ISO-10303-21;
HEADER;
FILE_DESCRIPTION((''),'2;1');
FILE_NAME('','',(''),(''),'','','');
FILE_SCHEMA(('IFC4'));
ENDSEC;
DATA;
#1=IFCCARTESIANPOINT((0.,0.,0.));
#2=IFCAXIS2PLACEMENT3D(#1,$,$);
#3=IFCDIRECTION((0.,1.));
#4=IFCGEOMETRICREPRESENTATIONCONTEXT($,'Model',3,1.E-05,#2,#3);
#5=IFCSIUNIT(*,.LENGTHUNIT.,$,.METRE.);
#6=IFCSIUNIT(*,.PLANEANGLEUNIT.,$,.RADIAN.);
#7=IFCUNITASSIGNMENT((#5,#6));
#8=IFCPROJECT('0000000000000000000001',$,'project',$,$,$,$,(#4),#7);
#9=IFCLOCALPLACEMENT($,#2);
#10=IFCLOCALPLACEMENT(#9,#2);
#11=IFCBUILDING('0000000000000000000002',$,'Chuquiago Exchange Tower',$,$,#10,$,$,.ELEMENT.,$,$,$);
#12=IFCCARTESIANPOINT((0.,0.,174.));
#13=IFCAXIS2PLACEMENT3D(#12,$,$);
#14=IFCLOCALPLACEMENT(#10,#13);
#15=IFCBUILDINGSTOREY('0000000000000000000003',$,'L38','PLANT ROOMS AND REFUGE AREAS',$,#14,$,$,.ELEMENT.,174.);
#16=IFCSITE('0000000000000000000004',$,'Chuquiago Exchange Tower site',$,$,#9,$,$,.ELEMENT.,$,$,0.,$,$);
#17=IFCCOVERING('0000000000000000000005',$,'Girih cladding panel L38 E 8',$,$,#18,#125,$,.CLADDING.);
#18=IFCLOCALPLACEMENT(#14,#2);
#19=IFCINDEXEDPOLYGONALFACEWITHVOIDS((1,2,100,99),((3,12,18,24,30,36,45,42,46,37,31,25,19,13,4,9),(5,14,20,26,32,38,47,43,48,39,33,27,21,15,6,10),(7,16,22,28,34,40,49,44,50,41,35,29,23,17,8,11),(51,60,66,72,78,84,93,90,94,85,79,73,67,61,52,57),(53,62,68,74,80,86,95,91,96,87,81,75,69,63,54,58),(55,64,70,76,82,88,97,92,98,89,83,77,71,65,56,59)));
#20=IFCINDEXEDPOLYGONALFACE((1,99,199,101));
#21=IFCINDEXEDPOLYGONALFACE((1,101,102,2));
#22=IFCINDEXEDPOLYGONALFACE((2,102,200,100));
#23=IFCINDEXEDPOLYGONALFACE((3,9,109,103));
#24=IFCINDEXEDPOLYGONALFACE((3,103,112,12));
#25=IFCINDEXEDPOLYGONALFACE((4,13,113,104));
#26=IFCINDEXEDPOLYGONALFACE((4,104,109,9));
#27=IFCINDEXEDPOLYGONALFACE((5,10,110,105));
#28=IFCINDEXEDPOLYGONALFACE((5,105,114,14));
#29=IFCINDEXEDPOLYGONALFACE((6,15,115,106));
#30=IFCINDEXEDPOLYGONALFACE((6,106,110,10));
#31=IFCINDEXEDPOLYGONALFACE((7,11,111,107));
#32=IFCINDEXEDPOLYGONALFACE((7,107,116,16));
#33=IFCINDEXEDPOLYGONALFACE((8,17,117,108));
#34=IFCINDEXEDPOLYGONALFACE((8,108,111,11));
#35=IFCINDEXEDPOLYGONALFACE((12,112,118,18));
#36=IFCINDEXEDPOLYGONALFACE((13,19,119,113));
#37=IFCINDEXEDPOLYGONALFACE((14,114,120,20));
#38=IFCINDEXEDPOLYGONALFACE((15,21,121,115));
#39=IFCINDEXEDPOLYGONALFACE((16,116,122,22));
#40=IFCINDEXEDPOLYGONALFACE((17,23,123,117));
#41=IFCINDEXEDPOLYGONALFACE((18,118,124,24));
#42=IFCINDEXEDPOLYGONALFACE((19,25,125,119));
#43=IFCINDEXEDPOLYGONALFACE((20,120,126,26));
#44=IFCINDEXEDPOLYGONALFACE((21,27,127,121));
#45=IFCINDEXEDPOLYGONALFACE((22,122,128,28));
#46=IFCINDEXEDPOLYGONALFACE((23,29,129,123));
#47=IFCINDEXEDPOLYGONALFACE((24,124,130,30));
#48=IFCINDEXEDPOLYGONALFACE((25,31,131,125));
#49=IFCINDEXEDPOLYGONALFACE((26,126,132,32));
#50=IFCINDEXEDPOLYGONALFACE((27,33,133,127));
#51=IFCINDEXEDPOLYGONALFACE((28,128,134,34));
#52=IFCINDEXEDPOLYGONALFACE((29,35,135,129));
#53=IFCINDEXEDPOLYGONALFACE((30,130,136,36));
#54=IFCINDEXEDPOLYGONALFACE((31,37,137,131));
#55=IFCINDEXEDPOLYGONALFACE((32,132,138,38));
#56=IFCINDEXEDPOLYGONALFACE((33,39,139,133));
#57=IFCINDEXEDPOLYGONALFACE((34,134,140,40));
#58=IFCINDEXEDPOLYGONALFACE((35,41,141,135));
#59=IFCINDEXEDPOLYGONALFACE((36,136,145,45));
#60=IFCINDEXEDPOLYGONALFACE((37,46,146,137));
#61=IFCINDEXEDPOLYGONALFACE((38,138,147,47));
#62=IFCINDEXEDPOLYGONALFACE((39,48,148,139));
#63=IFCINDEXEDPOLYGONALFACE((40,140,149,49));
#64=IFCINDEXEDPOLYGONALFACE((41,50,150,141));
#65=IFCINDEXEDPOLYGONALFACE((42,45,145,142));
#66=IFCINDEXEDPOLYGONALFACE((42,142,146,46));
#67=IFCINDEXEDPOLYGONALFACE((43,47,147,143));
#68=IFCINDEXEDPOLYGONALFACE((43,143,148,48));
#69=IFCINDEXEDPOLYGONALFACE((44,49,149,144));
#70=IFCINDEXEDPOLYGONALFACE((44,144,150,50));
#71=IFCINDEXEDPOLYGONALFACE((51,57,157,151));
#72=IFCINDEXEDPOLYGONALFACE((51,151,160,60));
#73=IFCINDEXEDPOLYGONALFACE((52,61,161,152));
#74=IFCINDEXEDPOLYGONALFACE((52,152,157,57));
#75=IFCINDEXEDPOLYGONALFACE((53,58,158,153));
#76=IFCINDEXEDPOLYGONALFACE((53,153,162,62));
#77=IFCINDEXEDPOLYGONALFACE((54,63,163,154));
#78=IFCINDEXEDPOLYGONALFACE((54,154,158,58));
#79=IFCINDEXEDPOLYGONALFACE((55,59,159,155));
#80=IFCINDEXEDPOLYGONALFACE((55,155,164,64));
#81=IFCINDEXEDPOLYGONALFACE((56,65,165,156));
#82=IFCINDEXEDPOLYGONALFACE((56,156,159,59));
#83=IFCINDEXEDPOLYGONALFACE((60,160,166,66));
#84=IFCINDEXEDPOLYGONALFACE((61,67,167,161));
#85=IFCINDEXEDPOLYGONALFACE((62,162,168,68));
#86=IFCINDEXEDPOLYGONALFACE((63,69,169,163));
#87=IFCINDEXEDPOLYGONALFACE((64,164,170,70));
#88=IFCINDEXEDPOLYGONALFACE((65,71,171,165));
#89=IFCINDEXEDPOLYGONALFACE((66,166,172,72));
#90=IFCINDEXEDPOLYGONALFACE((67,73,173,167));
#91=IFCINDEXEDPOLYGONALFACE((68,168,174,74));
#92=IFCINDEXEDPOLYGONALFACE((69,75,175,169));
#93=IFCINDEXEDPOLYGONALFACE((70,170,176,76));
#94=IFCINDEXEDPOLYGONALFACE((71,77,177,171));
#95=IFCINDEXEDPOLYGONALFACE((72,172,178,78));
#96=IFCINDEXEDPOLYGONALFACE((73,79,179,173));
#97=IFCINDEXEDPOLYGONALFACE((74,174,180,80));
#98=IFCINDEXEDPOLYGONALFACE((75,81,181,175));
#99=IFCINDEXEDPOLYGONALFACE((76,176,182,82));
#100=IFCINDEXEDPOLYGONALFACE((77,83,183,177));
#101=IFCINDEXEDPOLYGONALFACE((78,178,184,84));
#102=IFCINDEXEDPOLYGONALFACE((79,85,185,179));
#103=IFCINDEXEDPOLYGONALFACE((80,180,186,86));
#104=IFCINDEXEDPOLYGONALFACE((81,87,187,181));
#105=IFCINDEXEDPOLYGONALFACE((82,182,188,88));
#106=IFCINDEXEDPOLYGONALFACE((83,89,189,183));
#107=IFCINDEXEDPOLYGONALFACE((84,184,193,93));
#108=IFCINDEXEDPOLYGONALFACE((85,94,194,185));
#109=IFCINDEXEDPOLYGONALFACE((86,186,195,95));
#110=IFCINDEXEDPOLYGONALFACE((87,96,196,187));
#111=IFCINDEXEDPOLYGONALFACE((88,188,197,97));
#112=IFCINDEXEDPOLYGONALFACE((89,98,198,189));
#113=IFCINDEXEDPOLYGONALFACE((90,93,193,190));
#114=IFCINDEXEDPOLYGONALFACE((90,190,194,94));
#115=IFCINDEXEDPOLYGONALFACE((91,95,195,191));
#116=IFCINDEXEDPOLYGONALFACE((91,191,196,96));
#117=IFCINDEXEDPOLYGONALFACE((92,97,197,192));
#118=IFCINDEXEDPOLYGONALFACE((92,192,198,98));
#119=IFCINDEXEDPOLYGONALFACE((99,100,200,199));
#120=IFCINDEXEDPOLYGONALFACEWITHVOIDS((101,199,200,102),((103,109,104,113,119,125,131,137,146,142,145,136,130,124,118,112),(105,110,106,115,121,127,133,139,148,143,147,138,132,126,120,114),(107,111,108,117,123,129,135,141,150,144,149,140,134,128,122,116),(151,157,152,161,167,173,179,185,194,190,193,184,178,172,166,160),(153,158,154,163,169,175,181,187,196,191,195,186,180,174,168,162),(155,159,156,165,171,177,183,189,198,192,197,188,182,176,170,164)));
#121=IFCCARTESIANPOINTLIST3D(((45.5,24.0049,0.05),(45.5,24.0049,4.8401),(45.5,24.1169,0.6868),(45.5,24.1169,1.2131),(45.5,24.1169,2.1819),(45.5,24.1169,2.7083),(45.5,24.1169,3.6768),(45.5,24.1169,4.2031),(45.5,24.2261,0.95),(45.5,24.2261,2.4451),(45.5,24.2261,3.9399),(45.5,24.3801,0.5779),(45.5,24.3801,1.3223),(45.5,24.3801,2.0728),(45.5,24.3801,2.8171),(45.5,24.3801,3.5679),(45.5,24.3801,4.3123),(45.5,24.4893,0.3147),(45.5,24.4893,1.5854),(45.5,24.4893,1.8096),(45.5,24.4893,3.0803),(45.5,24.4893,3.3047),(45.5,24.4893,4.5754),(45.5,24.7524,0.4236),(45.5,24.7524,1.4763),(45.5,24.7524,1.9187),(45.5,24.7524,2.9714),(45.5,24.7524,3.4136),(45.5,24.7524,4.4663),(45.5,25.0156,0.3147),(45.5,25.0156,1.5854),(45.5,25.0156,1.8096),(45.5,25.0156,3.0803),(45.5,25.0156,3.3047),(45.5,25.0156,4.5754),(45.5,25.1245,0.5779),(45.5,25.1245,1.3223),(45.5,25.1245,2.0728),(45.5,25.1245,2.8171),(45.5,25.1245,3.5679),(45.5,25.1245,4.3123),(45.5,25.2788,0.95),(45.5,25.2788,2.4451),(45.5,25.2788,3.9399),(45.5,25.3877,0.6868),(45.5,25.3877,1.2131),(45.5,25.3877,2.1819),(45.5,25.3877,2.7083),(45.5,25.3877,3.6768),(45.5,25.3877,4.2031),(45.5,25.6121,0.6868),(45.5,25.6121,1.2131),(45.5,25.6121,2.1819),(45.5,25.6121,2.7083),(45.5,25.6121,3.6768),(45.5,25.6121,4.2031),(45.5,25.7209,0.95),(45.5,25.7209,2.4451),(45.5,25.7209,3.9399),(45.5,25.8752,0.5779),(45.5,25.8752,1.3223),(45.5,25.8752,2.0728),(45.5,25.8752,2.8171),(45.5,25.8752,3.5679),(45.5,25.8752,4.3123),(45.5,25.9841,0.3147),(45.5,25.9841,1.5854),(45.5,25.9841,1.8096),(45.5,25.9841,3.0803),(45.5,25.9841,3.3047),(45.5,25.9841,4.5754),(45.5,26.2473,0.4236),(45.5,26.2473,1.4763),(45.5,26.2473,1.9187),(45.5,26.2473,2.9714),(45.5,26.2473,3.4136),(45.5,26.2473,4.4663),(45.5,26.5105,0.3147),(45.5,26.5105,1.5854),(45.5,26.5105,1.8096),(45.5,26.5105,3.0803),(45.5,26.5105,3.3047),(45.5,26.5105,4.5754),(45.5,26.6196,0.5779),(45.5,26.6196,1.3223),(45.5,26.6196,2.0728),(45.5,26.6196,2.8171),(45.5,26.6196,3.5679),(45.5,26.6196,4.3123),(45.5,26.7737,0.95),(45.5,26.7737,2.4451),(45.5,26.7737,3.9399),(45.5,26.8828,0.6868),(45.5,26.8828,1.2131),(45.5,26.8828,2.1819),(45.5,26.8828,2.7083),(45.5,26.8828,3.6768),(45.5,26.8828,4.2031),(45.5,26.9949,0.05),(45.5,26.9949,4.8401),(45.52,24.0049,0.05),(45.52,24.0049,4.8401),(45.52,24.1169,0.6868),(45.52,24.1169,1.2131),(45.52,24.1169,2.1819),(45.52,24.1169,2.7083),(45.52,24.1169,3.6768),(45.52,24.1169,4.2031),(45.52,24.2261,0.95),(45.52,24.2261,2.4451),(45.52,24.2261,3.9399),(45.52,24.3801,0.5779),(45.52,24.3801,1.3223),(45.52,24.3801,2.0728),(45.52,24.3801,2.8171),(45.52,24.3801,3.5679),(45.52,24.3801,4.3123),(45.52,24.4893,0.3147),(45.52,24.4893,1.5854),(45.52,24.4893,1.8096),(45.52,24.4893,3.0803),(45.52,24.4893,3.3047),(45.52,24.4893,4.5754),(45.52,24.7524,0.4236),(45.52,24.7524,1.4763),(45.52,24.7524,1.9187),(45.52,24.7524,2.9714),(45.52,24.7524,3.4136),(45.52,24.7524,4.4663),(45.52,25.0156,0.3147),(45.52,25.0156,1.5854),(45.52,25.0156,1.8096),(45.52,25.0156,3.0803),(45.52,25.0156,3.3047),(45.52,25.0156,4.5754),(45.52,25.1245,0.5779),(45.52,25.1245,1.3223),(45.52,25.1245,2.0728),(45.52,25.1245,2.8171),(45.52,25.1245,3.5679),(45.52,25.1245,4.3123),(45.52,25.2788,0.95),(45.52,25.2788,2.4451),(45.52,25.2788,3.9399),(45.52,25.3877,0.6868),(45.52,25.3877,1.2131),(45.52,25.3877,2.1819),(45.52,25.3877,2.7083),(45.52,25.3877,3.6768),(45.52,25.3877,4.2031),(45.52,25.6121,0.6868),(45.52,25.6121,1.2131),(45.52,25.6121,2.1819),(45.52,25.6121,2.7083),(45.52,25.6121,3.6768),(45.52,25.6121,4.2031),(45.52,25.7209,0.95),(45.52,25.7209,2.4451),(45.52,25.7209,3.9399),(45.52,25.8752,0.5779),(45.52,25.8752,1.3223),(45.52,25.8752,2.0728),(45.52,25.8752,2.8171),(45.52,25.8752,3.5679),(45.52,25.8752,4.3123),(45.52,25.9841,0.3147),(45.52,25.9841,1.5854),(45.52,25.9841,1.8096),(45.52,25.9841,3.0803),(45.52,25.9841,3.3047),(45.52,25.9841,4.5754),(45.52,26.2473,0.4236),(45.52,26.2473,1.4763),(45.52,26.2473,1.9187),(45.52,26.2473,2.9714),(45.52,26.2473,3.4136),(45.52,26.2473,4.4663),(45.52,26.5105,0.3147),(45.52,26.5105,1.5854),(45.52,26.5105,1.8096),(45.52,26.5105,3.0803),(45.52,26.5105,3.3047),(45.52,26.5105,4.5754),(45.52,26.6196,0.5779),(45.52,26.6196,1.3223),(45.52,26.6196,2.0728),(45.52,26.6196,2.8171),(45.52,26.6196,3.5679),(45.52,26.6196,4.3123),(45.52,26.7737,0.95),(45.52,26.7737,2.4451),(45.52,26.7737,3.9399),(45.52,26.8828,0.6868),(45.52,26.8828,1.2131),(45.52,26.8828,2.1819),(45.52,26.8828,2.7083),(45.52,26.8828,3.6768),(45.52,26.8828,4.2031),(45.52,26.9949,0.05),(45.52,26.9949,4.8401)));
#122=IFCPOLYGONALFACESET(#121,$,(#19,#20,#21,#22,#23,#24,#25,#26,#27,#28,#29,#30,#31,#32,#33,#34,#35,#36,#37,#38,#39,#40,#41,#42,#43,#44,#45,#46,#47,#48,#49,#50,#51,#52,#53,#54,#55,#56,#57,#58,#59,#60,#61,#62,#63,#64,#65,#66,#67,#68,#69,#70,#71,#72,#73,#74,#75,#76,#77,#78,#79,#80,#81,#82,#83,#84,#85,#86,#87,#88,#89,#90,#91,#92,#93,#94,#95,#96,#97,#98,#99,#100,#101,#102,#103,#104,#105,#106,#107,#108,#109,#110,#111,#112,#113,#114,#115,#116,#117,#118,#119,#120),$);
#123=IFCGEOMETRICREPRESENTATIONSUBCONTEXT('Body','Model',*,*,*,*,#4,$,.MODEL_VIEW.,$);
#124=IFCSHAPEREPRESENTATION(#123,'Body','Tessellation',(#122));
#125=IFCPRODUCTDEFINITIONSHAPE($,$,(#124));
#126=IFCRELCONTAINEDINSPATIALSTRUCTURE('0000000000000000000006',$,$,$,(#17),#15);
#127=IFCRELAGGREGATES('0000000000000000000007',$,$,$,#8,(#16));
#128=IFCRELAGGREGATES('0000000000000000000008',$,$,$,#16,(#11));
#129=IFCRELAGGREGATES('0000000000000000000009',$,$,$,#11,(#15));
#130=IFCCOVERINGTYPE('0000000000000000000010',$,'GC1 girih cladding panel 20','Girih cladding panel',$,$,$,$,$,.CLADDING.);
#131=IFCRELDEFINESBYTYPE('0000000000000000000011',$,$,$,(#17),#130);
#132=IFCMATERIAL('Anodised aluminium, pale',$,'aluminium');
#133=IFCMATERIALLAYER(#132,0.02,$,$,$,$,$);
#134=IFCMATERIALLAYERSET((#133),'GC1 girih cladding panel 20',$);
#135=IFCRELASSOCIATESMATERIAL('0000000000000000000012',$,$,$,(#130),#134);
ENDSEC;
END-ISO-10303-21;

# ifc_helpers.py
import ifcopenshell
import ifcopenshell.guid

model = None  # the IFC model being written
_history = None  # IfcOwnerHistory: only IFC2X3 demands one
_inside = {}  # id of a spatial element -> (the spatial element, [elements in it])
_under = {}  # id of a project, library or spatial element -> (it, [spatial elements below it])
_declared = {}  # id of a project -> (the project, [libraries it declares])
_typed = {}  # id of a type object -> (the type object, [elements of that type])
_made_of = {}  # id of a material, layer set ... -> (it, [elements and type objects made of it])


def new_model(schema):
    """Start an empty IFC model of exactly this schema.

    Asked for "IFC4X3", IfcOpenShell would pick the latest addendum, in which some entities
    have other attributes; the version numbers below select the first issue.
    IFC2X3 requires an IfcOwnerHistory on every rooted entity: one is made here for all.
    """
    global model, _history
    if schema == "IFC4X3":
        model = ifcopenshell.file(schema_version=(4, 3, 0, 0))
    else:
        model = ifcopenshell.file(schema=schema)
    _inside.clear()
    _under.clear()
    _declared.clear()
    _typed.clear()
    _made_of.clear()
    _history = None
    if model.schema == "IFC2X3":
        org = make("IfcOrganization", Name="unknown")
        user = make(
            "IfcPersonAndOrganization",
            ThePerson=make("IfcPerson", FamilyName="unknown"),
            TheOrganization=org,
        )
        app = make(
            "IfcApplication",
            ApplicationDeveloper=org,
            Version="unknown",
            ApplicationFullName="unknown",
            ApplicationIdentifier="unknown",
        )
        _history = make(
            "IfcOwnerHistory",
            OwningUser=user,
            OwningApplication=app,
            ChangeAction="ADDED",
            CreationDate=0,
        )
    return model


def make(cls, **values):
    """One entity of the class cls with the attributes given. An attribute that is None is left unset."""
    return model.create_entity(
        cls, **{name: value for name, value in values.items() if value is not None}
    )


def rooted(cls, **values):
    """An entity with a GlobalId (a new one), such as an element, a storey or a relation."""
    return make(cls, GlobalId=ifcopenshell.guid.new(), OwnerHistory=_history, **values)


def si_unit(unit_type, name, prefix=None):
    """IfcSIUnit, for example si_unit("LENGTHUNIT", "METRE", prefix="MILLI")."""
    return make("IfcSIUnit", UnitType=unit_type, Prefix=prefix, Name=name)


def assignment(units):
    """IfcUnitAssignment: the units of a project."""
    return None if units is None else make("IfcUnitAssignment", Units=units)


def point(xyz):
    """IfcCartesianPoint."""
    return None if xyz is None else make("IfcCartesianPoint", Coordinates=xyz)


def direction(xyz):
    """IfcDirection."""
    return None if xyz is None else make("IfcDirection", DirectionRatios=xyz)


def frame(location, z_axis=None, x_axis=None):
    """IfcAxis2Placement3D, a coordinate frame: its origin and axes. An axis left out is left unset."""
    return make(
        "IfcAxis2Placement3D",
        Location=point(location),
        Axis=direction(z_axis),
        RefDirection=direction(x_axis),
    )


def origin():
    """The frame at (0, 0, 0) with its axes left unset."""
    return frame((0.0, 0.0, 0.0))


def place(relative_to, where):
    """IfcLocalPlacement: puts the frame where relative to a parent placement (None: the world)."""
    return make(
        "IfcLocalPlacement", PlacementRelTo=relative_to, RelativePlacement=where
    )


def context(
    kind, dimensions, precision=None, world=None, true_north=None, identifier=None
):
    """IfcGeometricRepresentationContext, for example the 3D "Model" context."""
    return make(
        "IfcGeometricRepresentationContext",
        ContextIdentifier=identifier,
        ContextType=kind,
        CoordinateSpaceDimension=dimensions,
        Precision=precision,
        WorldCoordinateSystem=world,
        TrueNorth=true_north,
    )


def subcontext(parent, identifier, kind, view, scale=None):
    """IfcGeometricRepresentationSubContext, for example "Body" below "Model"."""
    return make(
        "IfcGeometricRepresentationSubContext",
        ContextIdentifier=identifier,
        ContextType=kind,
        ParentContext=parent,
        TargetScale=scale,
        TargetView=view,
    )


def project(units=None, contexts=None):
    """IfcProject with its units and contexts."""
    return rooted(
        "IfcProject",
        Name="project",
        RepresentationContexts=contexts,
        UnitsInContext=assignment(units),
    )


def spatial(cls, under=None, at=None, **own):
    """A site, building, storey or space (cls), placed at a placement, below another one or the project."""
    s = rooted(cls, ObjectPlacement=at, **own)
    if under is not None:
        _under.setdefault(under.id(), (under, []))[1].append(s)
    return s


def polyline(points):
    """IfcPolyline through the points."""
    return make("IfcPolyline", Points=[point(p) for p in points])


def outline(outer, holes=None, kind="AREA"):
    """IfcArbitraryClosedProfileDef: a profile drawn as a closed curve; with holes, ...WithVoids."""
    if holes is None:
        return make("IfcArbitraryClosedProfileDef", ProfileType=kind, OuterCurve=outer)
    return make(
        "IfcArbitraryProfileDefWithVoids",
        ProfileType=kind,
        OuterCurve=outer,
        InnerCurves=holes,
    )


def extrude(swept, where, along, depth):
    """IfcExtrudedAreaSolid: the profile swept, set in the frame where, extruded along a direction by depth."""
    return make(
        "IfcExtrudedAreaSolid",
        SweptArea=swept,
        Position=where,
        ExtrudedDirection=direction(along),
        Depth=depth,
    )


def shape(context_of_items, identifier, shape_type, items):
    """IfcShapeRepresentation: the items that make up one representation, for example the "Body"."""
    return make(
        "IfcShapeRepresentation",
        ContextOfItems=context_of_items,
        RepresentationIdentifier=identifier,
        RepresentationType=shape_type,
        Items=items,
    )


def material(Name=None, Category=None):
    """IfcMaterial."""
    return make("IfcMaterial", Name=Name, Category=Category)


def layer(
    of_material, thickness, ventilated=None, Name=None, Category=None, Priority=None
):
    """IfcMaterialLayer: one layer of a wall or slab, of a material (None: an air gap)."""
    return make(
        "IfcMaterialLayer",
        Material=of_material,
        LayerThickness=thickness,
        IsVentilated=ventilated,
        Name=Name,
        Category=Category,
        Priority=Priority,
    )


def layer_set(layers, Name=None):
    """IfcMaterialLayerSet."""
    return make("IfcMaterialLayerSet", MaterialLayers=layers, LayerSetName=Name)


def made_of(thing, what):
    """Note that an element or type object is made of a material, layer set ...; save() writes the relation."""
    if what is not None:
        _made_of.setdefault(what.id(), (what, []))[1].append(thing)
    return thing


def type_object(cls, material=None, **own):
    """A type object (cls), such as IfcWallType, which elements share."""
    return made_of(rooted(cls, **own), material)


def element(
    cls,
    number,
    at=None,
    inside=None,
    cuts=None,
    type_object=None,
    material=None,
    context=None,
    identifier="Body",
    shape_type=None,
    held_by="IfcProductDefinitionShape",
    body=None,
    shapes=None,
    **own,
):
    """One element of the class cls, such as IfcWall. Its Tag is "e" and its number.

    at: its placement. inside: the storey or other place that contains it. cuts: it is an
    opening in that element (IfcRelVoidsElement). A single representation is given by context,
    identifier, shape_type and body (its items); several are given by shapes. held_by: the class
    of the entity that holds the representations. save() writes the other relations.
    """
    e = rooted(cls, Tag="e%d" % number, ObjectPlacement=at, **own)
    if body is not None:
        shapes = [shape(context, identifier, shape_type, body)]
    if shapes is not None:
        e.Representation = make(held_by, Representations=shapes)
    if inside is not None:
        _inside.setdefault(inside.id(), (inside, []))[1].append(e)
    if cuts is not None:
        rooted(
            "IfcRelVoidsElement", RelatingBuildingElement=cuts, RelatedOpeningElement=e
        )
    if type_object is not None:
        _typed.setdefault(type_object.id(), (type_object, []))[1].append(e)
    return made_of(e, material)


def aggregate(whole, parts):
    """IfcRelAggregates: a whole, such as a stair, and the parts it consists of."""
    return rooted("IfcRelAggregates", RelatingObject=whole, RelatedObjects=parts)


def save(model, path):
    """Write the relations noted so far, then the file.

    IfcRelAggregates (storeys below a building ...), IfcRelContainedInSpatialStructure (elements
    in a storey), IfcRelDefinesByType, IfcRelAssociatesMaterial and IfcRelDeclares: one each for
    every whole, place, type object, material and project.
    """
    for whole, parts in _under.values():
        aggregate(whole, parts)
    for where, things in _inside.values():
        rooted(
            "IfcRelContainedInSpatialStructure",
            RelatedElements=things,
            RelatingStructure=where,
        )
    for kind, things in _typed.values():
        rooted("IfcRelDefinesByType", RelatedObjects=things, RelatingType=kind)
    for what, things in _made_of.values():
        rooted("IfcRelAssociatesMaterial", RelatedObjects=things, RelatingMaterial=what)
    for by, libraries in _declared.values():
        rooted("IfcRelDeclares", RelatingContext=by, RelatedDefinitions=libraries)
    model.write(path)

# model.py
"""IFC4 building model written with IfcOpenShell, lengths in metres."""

from ifc_helpers import new_model, si_unit, direction, frame, origin, place, context, subcontext, project, spatial, polyline, outline, extrude, material, layer, layer_set, type_object, element, save


model = new_model("IFC4")

# Units and contexts
model_context = context("Model", 3, precision=1e-05, world=origin(), true_north=direction((0.0, 1.0)))
body_context = subcontext(model_context, "Body", "Model", "MODEL_VIEW")
ifc_project = project(units=[si_unit("LENGTHUNIT", "METRE"), si_unit("PLANEANGLEUNIT", "RADIAN")], contexts=[model_context])

# Site, building, storey
site_placement = place(None, origin())
site = spatial("IfcSite", under=ifc_project, at=site_placement, Name="Chuquiago Exchange Tower site", CompositionType="ELEMENT", RefElevation=0.0)
building_placement = place(site_placement, origin())
building = spatial("IfcBuilding", under=site, at=building_placement, Name="Chuquiago Exchange Tower", CompositionType="ELEMENT")
storey_placement = place(building_placement, frame((0.0, 0.0, 174.0)))
storey = spatial("IfcBuildingStorey", under=building, at=storey_placement, Name="L38", Description="PLANT ROOMS AND REFUGE AREAS", CompositionType="ELEMENT", Elevation=174.0)

# Covering
ifc_material_1 = material(Name="Anodised aluminium, pale", Category="aluminium")
ifc_layer_1 = layer(ifc_material_1, 0.02)
ifc_layer_set_1 = layer_set([ifc_layer_1], Name="GC1 girih cladding panel 20")
covering_type_1 = type_object("IfcCoveringType", Name="GC1 girih cladding panel 20", Description="Girih cladding panel", PredefinedType="CLADDING", material=ifc_layer_set_1)
covering_1_placement = place(storey_placement, frame((45.5, 24.0049, 0.05), z_axis=(0.0, 0.0, 1.0), x_axis=(0.0, 1.0, 0.0)))
element("IfcCovering", 1, at=covering_1_placement, inside=storey, type_object=covering_type_1, Name="Girih cladding panel L38 E 8", PredefinedType="CLADDING", context=body_context, shape_type="SweptSolid", body=[
    extrude(outline(polyline([(0.0, 0.0), (2.99, 0.0), (2.99, 4.79), (0.0, 4.79), (0.0, 0.0)]), holes=[polyline([(1.2739, 0.8999), (1.3828, 1.1631), (1.1196, 1.2722), (1.0107, 1.5354), (0.7476, 1.4263), (0.4844, 1.5354), (0.3752, 1.2722), (0.1121, 1.1631), (0.2212, 0.8999), (0.1121, 0.6367), (0.3752, 0.5278), (0.4844, 0.2646), (0.7476, 0.3735), (1.0107, 0.2646), (1.1196, 0.5278), (1.3828, 0.6367), (1.2739, 0.8999)]), polyline([(2.7688, 0.8999), (2.8779, 1.1631), (2.6147, 1.2722), (2.5056, 1.5354), (2.2424, 1.4263), (1.9792, 1.5354), (1.8704, 1.2722), (1.6072, 1.1631), (1.7161, 0.8999), (1.6072, 0.6367), (1.8704, 0.5278), (1.9792, 0.2646), (2.2424, 0.3735), (2.5056, 0.2646), (2.6147, 0.5278), (2.8779, 0.6367), (2.7688, 0.8999)]), polyline([(1.2739, 2.395), (1.3828, 2.6582), (1.1196, 2.7671), (1.0107, 3.0303), (0.7476, 2.9214), (0.4844, 3.0303), (0.3752, 2.7671), (0.1121, 2.6582), (0.2212, 2.395), (0.1121, 2.1318), (0.3752, 2.0227), (0.4844, 1.7595), (0.7476, 1.8687), (1.0107, 1.7595), (1.1196, 2.0227), (1.3828, 2.1318), (1.2739, 2.395)]), polyline([(2.7688, 2.395), (2.8779, 2.6582), (2.6147, 2.7671), (2.5056, 3.0303), (2.2424, 2.9214), (1.9792, 3.0303), (1.8704, 2.7671), (1.6072, 2.6582), (1.7161, 2.395), (1.6072, 2.1318), (1.8704, 2.0227), (1.9792, 1.7595), (2.2424, 1.8687), (2.5056, 1.7595), (2.6147, 2.0227), (2.8779, 2.1318), (2.7688, 2.395)]), polyline([(1.2739, 3.8899), (1.3828, 4.1531), (1.1196, 4.2622), (1.0107, 4.5254), (0.7476, 4.4163), (0.4844, 4.5254), (0.3752, 4.2622), (0.1121, 4.1531), (0.2212, 3.8899), (0.1121, 3.6267), (0.3752, 3.5178), (0.4844, 3.2546), (0.7476, 3.3635), (1.0107, 3.2546), (1.1196, 3.5178), (1.3828, 3.6267), (1.2739, 3.8899)]), polyline([(2.7688, 3.8899), (2.8779, 4.1531), (2.6147, 4.2622), (2.5056, 4.5254), (2.2424, 4.4163), (1.9792, 4.5254), (1.8704, 4.2622), (1.6072, 4.1531), (1.7161, 3.8899), (1.6072, 3.6267), (1.8704, 3.5178), (1.9792, 3.2546), (2.2424, 3.3635), (2.5056, 3.2546), (2.6147, 3.5178), (2.8779, 3.6267), (2.7688, 3.8899)])]), frame((0.0, 0.0, 0.0), z_axis=(0.0, -1.0, 0.0), x_axis=(1.0, 0.0, 0.0)), (0.0, 0.0, 1.0), 0.02),
])

save(model, "model.ifc")
